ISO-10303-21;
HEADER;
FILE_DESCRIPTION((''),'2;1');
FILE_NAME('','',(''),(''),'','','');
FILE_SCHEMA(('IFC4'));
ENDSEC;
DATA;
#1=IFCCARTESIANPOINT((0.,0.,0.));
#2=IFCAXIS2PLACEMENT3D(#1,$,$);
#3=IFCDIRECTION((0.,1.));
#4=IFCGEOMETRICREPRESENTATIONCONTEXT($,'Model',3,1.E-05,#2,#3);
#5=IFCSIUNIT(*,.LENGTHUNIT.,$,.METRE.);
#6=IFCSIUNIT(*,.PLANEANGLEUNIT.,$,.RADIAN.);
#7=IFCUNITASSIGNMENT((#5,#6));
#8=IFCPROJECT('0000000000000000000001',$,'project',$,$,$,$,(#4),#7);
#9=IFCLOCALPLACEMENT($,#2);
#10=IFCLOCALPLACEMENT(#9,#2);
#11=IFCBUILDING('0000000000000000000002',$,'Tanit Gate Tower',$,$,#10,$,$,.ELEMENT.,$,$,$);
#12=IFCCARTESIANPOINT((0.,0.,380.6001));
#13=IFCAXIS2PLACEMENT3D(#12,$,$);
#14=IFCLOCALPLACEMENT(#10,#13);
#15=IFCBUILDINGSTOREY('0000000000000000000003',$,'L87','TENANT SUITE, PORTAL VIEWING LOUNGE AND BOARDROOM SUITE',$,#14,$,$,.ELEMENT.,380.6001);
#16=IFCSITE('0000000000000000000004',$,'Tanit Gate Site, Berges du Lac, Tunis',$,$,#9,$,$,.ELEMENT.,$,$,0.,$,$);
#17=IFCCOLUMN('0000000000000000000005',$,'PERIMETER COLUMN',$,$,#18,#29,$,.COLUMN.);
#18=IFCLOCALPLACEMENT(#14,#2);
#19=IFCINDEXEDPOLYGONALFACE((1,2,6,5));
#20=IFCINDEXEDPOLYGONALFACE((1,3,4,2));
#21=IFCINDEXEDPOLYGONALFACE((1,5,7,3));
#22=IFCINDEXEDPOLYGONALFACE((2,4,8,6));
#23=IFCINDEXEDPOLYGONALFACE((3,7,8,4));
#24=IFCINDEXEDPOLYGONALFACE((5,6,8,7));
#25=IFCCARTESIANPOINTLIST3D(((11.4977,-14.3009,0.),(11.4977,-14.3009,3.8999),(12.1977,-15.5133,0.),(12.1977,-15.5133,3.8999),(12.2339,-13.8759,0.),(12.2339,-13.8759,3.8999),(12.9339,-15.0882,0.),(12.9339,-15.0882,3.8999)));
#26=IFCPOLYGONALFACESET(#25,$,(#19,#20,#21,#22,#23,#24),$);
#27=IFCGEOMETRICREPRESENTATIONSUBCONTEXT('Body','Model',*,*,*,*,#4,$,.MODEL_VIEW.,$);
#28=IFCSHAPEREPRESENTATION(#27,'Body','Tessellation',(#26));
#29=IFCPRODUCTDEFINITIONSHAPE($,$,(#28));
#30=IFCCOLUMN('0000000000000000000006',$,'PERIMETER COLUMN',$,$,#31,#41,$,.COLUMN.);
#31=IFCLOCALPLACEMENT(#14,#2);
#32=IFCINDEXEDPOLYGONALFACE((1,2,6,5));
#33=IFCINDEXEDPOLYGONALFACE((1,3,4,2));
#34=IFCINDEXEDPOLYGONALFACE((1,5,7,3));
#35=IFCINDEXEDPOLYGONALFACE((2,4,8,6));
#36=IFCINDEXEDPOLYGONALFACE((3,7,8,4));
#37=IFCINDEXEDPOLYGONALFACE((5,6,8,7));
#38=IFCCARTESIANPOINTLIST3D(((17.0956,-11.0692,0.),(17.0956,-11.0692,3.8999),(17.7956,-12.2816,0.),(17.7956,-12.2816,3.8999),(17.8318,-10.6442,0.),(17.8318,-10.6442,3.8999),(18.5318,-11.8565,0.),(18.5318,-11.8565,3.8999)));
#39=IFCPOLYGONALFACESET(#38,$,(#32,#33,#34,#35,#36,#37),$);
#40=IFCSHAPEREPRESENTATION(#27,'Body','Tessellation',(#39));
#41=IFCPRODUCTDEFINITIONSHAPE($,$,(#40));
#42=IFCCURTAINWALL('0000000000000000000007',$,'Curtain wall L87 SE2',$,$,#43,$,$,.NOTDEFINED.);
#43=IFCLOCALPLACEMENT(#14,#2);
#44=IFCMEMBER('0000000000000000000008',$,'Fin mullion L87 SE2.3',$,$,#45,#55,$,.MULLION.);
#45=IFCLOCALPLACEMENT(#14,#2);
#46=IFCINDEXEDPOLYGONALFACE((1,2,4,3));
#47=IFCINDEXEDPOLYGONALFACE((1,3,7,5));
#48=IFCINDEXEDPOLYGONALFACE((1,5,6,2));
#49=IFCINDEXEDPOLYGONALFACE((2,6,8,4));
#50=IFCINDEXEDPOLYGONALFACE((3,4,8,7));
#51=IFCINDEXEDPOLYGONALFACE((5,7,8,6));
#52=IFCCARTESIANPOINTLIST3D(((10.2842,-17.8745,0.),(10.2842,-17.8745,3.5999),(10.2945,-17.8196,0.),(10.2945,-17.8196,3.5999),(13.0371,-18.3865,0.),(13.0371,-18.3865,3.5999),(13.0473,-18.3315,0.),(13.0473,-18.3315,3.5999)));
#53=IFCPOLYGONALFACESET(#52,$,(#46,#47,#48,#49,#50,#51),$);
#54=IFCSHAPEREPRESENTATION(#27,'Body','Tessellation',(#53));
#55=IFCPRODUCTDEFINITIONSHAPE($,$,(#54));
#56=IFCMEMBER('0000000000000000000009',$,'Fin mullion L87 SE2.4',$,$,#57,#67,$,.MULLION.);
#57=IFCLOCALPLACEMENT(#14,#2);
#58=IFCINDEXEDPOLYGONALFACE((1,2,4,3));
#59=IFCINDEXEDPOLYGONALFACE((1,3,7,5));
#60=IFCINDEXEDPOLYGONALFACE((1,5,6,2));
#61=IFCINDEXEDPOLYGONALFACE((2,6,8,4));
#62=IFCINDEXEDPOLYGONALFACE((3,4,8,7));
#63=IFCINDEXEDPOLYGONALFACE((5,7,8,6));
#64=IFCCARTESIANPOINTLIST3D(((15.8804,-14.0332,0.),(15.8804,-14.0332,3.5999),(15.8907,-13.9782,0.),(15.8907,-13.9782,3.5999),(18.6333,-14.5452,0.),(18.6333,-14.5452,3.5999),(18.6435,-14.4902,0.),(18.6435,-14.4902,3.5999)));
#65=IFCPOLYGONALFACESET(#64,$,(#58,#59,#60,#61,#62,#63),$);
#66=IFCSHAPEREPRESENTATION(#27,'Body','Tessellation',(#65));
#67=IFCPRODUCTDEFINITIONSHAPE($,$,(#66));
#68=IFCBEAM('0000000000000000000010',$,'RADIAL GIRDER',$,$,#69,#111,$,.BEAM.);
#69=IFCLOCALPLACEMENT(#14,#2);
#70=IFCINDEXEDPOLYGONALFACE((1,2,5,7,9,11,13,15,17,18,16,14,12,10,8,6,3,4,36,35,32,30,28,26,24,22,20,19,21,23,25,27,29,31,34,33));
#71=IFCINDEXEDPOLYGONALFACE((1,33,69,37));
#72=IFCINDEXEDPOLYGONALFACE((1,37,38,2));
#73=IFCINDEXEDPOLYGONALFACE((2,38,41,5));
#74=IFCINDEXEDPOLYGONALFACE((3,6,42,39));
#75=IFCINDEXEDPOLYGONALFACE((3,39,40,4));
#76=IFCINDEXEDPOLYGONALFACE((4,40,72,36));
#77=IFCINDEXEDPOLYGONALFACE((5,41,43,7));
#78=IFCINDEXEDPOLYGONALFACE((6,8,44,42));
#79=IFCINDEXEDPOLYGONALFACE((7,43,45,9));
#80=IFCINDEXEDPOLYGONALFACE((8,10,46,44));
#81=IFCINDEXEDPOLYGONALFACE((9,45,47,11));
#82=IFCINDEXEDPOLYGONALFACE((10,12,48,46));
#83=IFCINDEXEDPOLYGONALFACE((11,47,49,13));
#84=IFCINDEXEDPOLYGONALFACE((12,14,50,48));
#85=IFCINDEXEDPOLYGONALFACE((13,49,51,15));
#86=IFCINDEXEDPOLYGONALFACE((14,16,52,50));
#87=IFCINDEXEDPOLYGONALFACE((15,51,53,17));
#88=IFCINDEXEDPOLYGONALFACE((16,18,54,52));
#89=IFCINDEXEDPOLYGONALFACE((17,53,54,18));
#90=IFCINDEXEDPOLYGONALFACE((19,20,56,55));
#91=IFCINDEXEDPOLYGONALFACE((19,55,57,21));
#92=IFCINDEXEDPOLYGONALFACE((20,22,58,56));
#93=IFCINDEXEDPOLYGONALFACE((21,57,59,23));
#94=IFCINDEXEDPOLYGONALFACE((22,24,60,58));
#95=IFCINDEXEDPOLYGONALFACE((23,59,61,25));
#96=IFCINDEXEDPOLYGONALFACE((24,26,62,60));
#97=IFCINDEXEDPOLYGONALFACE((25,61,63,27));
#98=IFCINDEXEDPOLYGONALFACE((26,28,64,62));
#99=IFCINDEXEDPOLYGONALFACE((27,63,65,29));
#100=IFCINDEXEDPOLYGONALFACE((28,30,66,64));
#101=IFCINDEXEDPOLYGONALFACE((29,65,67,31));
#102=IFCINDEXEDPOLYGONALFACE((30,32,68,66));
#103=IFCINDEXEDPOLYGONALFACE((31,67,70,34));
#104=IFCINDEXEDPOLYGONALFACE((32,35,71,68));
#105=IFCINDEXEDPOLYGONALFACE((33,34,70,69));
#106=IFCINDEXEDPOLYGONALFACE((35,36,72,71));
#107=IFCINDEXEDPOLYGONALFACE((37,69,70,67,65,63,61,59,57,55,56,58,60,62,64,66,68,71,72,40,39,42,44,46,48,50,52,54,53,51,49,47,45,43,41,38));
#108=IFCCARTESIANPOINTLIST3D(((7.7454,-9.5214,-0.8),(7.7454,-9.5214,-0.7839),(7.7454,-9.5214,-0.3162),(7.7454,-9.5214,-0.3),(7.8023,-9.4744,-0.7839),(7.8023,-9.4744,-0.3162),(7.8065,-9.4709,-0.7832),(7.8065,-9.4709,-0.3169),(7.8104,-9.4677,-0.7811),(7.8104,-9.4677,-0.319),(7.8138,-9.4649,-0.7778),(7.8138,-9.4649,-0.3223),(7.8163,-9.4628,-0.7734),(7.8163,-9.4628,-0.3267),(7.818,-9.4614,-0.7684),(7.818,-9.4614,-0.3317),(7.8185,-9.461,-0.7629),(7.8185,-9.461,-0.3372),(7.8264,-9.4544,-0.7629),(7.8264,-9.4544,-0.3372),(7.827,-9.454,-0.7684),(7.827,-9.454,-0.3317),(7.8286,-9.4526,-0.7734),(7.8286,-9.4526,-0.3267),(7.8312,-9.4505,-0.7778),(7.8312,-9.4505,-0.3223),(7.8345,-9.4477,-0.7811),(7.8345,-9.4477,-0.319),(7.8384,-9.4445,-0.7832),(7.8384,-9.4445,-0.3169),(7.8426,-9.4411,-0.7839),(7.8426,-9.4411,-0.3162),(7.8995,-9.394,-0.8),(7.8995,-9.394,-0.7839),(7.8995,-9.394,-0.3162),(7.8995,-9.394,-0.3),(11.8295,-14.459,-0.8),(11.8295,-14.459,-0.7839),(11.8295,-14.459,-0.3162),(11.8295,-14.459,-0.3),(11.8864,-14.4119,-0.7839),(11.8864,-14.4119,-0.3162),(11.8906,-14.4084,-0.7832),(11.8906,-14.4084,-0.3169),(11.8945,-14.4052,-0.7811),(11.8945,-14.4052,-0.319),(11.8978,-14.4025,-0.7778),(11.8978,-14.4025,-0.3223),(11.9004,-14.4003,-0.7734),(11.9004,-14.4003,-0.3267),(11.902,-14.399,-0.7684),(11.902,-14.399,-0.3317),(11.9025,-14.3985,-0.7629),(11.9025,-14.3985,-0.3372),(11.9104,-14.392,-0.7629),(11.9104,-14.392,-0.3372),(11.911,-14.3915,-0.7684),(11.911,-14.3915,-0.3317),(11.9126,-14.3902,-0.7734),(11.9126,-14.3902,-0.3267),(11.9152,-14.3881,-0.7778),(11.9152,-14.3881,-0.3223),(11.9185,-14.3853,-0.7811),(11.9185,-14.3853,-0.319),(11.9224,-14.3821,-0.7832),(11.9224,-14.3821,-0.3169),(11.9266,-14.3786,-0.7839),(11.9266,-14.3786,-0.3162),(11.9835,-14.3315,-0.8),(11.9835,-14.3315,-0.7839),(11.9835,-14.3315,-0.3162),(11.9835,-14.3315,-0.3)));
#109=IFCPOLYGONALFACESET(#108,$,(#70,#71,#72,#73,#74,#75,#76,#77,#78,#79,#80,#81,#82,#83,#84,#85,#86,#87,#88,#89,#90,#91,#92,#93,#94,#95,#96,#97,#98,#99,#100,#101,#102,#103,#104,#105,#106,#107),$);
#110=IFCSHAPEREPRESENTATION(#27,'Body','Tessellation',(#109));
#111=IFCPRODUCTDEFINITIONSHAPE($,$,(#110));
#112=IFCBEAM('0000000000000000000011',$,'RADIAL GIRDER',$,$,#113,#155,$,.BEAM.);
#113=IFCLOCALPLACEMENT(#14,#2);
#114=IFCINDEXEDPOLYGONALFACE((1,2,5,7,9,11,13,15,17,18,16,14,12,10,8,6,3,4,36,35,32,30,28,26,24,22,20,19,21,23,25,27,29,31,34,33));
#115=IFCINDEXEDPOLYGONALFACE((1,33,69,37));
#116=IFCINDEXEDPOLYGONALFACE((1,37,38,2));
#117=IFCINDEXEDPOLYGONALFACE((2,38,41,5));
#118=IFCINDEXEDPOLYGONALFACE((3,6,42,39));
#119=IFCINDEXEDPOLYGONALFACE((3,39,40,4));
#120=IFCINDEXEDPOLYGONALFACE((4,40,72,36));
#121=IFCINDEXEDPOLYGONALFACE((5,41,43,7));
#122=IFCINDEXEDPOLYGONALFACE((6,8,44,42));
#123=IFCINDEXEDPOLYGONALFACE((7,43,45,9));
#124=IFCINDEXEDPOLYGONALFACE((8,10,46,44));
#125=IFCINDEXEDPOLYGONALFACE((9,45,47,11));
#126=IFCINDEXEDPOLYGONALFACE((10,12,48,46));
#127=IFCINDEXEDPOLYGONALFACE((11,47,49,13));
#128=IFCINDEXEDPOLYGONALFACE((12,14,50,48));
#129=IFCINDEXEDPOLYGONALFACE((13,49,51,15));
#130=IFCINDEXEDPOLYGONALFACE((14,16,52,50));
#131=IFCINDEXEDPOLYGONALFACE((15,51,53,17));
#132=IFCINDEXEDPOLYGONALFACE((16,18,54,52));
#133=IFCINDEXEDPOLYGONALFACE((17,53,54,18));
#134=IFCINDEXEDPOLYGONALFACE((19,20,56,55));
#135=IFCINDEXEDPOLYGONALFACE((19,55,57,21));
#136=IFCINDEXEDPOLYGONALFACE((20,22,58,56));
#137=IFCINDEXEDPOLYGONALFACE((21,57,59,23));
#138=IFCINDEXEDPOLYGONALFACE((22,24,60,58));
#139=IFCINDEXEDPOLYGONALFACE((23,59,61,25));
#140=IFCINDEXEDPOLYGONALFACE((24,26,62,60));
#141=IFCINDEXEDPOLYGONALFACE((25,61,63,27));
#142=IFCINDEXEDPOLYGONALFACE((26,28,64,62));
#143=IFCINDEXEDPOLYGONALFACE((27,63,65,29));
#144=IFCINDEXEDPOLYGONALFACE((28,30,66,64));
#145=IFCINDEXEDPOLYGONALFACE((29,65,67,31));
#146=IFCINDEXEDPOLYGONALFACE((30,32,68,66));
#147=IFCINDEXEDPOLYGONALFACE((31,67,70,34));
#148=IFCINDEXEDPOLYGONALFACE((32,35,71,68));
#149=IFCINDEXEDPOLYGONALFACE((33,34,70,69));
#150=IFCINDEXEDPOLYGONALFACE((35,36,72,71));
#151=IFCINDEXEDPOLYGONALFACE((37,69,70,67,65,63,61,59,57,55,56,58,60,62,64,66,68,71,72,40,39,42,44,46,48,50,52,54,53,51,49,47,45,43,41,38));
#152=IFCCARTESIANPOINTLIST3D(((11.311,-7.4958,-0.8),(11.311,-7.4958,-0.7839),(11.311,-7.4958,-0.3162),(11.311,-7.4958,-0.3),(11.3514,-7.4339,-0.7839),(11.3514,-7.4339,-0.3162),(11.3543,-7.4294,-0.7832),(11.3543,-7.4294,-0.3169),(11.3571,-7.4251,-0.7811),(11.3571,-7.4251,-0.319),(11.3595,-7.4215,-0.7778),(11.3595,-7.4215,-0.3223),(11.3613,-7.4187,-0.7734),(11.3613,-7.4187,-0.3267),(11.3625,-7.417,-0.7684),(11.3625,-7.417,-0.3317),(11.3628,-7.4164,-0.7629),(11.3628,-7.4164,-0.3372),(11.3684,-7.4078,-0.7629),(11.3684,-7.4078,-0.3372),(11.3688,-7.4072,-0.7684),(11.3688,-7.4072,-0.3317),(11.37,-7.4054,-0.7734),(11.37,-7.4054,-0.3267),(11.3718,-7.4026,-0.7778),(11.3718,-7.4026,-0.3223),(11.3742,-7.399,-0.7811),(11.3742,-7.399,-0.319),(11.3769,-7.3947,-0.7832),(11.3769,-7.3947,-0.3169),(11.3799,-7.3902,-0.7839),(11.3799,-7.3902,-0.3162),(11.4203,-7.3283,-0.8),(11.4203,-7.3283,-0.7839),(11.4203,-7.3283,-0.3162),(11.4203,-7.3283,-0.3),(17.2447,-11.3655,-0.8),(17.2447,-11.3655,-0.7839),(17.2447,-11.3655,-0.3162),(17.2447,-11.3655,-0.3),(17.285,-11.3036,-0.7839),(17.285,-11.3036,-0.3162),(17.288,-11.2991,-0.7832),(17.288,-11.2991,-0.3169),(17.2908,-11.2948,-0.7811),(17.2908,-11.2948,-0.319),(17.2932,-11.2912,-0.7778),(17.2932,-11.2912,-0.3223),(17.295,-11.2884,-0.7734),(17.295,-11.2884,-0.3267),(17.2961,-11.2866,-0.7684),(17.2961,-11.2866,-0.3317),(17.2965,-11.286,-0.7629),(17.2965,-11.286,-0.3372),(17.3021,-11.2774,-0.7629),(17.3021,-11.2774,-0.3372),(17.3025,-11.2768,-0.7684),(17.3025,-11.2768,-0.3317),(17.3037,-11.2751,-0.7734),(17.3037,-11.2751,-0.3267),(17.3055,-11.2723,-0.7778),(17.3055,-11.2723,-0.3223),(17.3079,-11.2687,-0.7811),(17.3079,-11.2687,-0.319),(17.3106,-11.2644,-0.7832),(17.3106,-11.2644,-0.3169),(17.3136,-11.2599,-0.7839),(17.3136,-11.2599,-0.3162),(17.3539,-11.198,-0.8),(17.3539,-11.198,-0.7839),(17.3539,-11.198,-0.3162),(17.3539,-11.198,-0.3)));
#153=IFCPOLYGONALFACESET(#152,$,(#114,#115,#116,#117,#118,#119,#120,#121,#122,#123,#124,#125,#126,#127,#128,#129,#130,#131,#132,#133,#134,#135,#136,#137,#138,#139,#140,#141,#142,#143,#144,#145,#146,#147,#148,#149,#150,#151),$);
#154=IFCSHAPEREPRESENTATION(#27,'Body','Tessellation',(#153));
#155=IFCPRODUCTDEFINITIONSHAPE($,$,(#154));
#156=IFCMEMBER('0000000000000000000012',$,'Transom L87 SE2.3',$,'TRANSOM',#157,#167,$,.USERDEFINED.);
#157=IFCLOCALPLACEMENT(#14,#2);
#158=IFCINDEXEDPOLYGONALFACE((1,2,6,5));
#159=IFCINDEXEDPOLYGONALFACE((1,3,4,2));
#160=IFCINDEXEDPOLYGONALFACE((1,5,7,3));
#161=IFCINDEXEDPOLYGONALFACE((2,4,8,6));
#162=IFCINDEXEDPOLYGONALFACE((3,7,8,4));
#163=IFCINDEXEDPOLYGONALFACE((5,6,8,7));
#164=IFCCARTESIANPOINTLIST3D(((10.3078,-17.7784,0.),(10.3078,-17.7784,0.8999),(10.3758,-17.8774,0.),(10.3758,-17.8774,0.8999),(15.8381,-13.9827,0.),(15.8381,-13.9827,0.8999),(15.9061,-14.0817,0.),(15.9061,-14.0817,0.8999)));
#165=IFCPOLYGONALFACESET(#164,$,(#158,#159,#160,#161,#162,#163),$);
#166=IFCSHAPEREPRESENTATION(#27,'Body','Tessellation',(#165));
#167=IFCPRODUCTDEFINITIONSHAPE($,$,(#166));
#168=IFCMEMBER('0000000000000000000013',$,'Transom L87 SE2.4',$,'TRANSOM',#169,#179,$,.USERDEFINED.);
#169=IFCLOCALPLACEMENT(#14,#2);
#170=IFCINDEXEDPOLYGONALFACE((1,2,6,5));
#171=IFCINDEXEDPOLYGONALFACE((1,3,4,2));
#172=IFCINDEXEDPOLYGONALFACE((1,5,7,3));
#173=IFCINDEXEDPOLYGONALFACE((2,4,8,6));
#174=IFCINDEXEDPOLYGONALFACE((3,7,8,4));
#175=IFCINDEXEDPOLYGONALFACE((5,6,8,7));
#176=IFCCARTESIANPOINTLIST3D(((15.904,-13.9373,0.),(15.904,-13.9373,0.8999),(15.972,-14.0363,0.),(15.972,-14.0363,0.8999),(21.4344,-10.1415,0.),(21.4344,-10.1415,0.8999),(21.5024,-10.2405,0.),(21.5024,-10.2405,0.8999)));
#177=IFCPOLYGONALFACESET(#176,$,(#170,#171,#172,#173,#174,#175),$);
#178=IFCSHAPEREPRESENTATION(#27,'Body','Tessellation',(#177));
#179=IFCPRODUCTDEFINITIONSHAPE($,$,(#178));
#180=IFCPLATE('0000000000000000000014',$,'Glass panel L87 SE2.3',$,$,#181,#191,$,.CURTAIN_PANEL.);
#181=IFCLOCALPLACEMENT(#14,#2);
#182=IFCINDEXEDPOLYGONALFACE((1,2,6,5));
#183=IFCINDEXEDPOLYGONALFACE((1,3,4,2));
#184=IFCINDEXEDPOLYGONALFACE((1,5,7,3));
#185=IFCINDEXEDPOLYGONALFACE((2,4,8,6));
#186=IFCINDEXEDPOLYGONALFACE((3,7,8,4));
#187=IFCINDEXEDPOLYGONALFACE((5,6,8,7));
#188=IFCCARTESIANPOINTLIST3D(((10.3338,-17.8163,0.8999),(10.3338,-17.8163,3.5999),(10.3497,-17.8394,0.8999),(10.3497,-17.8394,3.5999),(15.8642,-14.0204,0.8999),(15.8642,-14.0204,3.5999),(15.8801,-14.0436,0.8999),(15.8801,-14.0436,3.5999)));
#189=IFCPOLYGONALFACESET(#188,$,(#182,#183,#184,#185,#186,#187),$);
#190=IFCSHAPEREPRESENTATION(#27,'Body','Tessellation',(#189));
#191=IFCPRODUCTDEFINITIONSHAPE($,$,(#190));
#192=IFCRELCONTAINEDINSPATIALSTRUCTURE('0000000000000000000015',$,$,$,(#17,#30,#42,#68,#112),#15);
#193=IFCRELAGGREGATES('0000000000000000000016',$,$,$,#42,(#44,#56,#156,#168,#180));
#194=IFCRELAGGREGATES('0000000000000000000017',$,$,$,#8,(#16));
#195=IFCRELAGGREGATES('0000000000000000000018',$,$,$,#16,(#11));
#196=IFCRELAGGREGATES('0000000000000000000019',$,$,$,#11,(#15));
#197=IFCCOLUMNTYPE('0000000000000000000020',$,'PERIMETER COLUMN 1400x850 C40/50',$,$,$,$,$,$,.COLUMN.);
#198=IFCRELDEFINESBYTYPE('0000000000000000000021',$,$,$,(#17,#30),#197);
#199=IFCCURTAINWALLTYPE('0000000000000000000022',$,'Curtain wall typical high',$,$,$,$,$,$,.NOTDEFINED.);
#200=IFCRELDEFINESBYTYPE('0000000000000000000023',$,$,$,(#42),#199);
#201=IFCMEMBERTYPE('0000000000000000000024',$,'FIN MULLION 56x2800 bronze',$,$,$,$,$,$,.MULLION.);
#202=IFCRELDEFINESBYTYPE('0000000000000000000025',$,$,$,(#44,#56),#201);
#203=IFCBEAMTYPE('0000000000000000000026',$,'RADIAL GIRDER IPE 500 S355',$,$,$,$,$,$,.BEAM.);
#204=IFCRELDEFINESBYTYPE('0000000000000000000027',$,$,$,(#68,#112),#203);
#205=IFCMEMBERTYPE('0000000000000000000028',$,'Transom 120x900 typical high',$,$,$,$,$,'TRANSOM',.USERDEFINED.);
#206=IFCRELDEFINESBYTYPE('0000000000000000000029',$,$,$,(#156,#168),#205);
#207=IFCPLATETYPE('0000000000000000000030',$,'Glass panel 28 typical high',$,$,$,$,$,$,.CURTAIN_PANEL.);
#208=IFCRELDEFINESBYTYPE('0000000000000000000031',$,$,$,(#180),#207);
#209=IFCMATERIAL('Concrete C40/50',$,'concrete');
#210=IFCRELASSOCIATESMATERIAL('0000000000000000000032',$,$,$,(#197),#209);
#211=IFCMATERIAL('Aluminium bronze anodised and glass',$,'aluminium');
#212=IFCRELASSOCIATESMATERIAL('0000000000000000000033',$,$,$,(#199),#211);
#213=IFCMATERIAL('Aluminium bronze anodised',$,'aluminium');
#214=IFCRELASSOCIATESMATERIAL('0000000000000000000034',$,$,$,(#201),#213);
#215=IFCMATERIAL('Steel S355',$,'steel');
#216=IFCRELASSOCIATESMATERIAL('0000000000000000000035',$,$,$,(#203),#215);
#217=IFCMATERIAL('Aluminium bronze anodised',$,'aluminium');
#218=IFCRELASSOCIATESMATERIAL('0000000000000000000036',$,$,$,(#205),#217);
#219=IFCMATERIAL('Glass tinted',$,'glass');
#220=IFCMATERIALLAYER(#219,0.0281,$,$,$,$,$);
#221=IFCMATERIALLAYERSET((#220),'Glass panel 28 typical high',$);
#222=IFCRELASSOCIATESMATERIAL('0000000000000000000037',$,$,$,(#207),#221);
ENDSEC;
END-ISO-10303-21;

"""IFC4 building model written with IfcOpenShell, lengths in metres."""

from ifc_helpers import new_model, si_unit, direction, frame, origin, origin_2d, place, context, subcontext, project, spatial, rectangle, i_section, extrude, material, layer, layer_set, material_profile, profile_set, type_object, element, aggregate, save


model = new_model("IFC4")

# Units and contexts
model_context = context("Model", 3, precision=1e-05, world=origin(), true_north=direction((0.0, 1.0)))
body_context = subcontext(model_context, "Body", "Model", "MODEL_VIEW")
ifc_project = project(units=[si_unit("LENGTHUNIT", "METRE"), si_unit("PLANEANGLEUNIT", "RADIAN")], contexts=[model_context])

# Site, building, storey
site_placement = place(None, origin())
site = spatial("IfcSite", under=ifc_project, at=site_placement, Name="Tanit Gate Site, Berges du Lac, Tunis", CompositionType="ELEMENT", RefElevation=0.0)
building_placement = place(site_placement, origin())
building = spatial("IfcBuilding", under=site, at=building_placement, Name="Tanit Gate Tower", CompositionType="ELEMENT")
storey_placement = place(building_placement, frame((0.0, 0.0, 380.6001)))
storey = spatial("IfcBuildingStorey", under=building, at=storey_placement, Name="L87", Description="TENANT SUITE, PORTAL VIEWING LOUNGE AND BOARDROOM SUITE", CompositionType="ELEMENT", Elevation=380.6001)

# Columns
ifc_material_1 = material(Name="Concrete C40/50", Category="concrete")
ifc_material_profile_1 = material_profile(ifc_material_1, rectangle(XDim=1.3999, YDim=0.8501, at=origin_2d()), Name="RC 1400x850")
ifc_profile_set_1 = profile_set([ifc_material_profile_1], Name="Concrete C40/50")
column_type = type_object("IfcColumnType", Name="PERIMETER COLUMN 1400x850 C40/50", PredefinedType="COLUMN", material=ifc_profile_set_1)
for number, where, z_axis, x_axis, name in (
    (1, (12.2158, -14.6946, 0.0), (0.0, 0.0, 1.0), (0.5, -0.866025, 0.0), "PERIMETER COLUMN"),
    (2, (17.8137, -11.4629, 0.0), (0.0, 0.0, 1.0), (0.5, -0.866025, 0.0), "PERIMETER COLUMN"),
):
    element("IfcColumn", number, at=place(storey_placement, frame(where, z_axis=z_axis, x_axis=x_axis)), inside=storey, type_object=column_type, Name=name, PredefinedType="COLUMN", context=body_context, shape_type="SweptSolid", body=[
        extrude(rectangle(XDim=1.3999, YDim=0.8501, at=origin_2d()), origin(), (0.0, 0.0, 1.0), 3.8999),
    ])

# Curtain wall, members
ifc_material_2 = material(Name="Aluminium bronze anodised and glass", Category="aluminium")
curtain_wall_type = type_object("IfcCurtainWallType", Name="Curtain wall typical high", PredefinedType="NOTDEFINED", material=ifc_material_2)
curtain_wall_placement = place(storey_placement, origin())
curtain_wall = element("IfcCurtainWall", 3, at=curtain_wall_placement, inside=storey, type_object=curtain_wall_type, Name="Curtain wall L87 SE2", PredefinedType="NOTDEFINED")
ifc_material_3 = material(Name="Aluminium bronze anodised", Category="aluminium")
ifc_material_profile_2 = material_profile(ifc_material_3, rectangle(XDim=2.8, YDim=0.0559, at=origin_2d()), Name="56x2800 bronze fin mullion")
ifc_profile_set_2 = profile_set([ifc_material_profile_2], Name="Aluminium bronze anodised")
member_type_1 = type_object("IfcMemberType", Name="FIN MULLION 56x2800 bronze", PredefinedType="MULLION", material=ifc_profile_set_2)
member_1_placement = place(storey_placement, frame((11.6658, -18.103, 0.0), z_axis=(0.0, 0.0, 1.0), x_axis=(-0.983141, 0.182847, 0.0)))
member_1 = element("IfcMember", 4, at=member_1_placement, type_object=member_type_1, Name="Fin mullion L87 SE2.3", PredefinedType="MULLION", context=body_context, shape_type="SweptSolid", body=[
    extrude(rectangle(XDim=2.8, YDim=0.0559, at=origin_2d()), origin(), (0.0, 0.0, 1.0), 3.5999),
])
member_2_placement = place(storey_placement, frame((17.262, -14.2617, 0.0), z_axis=(0.0, 0.0, 1.0), x_axis=(-0.983141, 0.182847, 0.0)))
member_2 = element("IfcMember", 5, at=member_2_placement, type_object=member_type_1, Name="Fin mullion L87 SE2.4", PredefinedType="MULLION", context=body_context, shape_type="SweptSolid", body=[
    extrude(rectangle(XDim=2.8, YDim=0.0559, at=origin_2d()), origin(), (0.0, 0.0, 1.0), 3.5999),
])

# Beams
ifc_material_4 = material(Name="Steel S355", Category="steel")
ifc_material_profile_3 = material_profile(ifc_material_4, i_section(OverallWidth=0.2, OverallDepth=0.5, WebThickness=0.0103, FlangeThickness=0.0161, FilletRadius=0.021, at=origin_2d()), Name="IPE 500")
ifc_profile_set_3 = profile_set([ifc_material_profile_3], Name="Steel S355")
beam_type = type_object("IfcBeamType", Name="RADIAL GIRDER IPE 500 S355", PredefinedType="BEAM", material=ifc_profile_set_3)
beam_1_placement = place(storey_placement, frame((11.9065, -14.3953, -0.55), z_axis=(-0.637362, 0.770565, 0.0), x_axis=(-0.770565, -0.637362, 0.0)))
element("IfcBeam", 6, at=beam_1_placement, inside=storey, type_object=beam_type, Name="RADIAL GIRDER", PredefinedType="BEAM", context=body_context, shape_type="SweptSolid", body=[
    extrude(i_section(OverallWidth=0.2, OverallDepth=0.5, WebThickness=0.0103, FlangeThickness=0.0161, FilletRadius=0.021, at=origin_2d()), origin(), (0.0, 0.0, 1.0), 6.4077),
])
beam_2_placement = place(storey_placement, frame((17.2993, -11.2817, -0.55), z_axis=(-0.837617, 0.546257, 0.0), x_axis=(-0.546257, -0.837617, 0.0)))
element("IfcBeam", 7, at=beam_2_placement, inside=storey, type_object=beam_type, Name="RADIAL GIRDER", PredefinedType="BEAM", context=body_context, shape_type="SweptSolid", body=[
    extrude(i_section(OverallWidth=0.2, OverallDepth=0.5, WebThickness=0.0103, FlangeThickness=0.0161, FilletRadius=0.021, at=origin_2d()), origin(), (0.0, 0.0, 1.0), 7.084),
])

# Members
ifc_material_5 = material(Name="Aluminium bronze anodised", Category="aluminium")
ifc_material_profile_4 = material_profile(ifc_material_5, rectangle(XDim=0.1201, YDim=0.8999, at=origin_2d()), Name="120x900 bronze transom")
ifc_profile_set_4 = profile_set([ifc_material_profile_4], Name="Aluminium bronze anodised")
member_type_2 = type_object("IfcMemberType", Name="Transom 120x900 typical high", ElementType="TRANSOM", PredefinedType="USERDEFINED", material=ifc_profile_set_4)
member_3_placement = place(storey_placement, frame((10.3418, -17.8279, 0.45), z_axis=(0.824488, 0.56588, 0.0), x_axis=(-0.56588, 0.824488, 0.0)))
member_3 = element("IfcMember", 8, at=member_3_placement, type_object=member_type_2, Name="Transom L87 SE2.3", ObjectType="TRANSOM", PredefinedType="USERDEFINED", context=body_context, shape_type="SweptSolid", body=[
    extrude(rectangle(XDim=0.1201, YDim=0.8999, at=origin_2d()), origin(), (0.0, 0.0, 1.0), 6.7075),
])
member_4_placement = place(storey_placement, frame((15.938, -13.9868, 0.45), z_axis=(0.824482, 0.565888, 0.0), x_axis=(-0.565888, 0.824482, 0.0)))
member_4 = element("IfcMember", 9, at=member_4_placement, type_object=member_type_2, Name="Transom L87 SE2.4", ObjectType="TRANSOM", PredefinedType="USERDEFINED", context=body_context, shape_type="SweptSolid", body=[
    extrude(rectangle(XDim=0.1201, YDim=0.8999, at=origin_2d()), origin(), (0.0, 0.0, 1.0), 6.7078),
])

# Plate
ifc_material_6 = material(Name="Glass tinted", Category="glass")
ifc_layer_1 = layer(ifc_material_6, 0.0281)
ifc_layer_set_1 = layer_set([ifc_layer_1], Name="Glass panel 28 typical high")
plate_type = type_object("IfcPlateType", Name="Glass panel 28 typical high", PredefinedType="CURTAIN_PANEL", material=ifc_layer_set_1)
plate_1_placement = place(storey_placement, frame((13.1069, -15.9299, 0.8999), z_axis=(0.0, 0.0, 1.0), x_axis=(0.824479, 0.565893, 0.0)))
plate_1 = element("IfcPlate", 10, at=plate_1_placement, type_object=plate_type, Name="Glass panel L87 SE2.3", PredefinedType="CURTAIN_PANEL", context=body_context, shape_type="SweptSolid", body=[
    extrude(rectangle(XDim=6.7078, YDim=0.0281, at=origin_2d()), origin(), (0.0, 0.0, 1.0), 2.7),
])
aggregate(curtain_wall, [member_1, member_2, member_3, member_4, plate_1])

save(model, "model.ifc")
